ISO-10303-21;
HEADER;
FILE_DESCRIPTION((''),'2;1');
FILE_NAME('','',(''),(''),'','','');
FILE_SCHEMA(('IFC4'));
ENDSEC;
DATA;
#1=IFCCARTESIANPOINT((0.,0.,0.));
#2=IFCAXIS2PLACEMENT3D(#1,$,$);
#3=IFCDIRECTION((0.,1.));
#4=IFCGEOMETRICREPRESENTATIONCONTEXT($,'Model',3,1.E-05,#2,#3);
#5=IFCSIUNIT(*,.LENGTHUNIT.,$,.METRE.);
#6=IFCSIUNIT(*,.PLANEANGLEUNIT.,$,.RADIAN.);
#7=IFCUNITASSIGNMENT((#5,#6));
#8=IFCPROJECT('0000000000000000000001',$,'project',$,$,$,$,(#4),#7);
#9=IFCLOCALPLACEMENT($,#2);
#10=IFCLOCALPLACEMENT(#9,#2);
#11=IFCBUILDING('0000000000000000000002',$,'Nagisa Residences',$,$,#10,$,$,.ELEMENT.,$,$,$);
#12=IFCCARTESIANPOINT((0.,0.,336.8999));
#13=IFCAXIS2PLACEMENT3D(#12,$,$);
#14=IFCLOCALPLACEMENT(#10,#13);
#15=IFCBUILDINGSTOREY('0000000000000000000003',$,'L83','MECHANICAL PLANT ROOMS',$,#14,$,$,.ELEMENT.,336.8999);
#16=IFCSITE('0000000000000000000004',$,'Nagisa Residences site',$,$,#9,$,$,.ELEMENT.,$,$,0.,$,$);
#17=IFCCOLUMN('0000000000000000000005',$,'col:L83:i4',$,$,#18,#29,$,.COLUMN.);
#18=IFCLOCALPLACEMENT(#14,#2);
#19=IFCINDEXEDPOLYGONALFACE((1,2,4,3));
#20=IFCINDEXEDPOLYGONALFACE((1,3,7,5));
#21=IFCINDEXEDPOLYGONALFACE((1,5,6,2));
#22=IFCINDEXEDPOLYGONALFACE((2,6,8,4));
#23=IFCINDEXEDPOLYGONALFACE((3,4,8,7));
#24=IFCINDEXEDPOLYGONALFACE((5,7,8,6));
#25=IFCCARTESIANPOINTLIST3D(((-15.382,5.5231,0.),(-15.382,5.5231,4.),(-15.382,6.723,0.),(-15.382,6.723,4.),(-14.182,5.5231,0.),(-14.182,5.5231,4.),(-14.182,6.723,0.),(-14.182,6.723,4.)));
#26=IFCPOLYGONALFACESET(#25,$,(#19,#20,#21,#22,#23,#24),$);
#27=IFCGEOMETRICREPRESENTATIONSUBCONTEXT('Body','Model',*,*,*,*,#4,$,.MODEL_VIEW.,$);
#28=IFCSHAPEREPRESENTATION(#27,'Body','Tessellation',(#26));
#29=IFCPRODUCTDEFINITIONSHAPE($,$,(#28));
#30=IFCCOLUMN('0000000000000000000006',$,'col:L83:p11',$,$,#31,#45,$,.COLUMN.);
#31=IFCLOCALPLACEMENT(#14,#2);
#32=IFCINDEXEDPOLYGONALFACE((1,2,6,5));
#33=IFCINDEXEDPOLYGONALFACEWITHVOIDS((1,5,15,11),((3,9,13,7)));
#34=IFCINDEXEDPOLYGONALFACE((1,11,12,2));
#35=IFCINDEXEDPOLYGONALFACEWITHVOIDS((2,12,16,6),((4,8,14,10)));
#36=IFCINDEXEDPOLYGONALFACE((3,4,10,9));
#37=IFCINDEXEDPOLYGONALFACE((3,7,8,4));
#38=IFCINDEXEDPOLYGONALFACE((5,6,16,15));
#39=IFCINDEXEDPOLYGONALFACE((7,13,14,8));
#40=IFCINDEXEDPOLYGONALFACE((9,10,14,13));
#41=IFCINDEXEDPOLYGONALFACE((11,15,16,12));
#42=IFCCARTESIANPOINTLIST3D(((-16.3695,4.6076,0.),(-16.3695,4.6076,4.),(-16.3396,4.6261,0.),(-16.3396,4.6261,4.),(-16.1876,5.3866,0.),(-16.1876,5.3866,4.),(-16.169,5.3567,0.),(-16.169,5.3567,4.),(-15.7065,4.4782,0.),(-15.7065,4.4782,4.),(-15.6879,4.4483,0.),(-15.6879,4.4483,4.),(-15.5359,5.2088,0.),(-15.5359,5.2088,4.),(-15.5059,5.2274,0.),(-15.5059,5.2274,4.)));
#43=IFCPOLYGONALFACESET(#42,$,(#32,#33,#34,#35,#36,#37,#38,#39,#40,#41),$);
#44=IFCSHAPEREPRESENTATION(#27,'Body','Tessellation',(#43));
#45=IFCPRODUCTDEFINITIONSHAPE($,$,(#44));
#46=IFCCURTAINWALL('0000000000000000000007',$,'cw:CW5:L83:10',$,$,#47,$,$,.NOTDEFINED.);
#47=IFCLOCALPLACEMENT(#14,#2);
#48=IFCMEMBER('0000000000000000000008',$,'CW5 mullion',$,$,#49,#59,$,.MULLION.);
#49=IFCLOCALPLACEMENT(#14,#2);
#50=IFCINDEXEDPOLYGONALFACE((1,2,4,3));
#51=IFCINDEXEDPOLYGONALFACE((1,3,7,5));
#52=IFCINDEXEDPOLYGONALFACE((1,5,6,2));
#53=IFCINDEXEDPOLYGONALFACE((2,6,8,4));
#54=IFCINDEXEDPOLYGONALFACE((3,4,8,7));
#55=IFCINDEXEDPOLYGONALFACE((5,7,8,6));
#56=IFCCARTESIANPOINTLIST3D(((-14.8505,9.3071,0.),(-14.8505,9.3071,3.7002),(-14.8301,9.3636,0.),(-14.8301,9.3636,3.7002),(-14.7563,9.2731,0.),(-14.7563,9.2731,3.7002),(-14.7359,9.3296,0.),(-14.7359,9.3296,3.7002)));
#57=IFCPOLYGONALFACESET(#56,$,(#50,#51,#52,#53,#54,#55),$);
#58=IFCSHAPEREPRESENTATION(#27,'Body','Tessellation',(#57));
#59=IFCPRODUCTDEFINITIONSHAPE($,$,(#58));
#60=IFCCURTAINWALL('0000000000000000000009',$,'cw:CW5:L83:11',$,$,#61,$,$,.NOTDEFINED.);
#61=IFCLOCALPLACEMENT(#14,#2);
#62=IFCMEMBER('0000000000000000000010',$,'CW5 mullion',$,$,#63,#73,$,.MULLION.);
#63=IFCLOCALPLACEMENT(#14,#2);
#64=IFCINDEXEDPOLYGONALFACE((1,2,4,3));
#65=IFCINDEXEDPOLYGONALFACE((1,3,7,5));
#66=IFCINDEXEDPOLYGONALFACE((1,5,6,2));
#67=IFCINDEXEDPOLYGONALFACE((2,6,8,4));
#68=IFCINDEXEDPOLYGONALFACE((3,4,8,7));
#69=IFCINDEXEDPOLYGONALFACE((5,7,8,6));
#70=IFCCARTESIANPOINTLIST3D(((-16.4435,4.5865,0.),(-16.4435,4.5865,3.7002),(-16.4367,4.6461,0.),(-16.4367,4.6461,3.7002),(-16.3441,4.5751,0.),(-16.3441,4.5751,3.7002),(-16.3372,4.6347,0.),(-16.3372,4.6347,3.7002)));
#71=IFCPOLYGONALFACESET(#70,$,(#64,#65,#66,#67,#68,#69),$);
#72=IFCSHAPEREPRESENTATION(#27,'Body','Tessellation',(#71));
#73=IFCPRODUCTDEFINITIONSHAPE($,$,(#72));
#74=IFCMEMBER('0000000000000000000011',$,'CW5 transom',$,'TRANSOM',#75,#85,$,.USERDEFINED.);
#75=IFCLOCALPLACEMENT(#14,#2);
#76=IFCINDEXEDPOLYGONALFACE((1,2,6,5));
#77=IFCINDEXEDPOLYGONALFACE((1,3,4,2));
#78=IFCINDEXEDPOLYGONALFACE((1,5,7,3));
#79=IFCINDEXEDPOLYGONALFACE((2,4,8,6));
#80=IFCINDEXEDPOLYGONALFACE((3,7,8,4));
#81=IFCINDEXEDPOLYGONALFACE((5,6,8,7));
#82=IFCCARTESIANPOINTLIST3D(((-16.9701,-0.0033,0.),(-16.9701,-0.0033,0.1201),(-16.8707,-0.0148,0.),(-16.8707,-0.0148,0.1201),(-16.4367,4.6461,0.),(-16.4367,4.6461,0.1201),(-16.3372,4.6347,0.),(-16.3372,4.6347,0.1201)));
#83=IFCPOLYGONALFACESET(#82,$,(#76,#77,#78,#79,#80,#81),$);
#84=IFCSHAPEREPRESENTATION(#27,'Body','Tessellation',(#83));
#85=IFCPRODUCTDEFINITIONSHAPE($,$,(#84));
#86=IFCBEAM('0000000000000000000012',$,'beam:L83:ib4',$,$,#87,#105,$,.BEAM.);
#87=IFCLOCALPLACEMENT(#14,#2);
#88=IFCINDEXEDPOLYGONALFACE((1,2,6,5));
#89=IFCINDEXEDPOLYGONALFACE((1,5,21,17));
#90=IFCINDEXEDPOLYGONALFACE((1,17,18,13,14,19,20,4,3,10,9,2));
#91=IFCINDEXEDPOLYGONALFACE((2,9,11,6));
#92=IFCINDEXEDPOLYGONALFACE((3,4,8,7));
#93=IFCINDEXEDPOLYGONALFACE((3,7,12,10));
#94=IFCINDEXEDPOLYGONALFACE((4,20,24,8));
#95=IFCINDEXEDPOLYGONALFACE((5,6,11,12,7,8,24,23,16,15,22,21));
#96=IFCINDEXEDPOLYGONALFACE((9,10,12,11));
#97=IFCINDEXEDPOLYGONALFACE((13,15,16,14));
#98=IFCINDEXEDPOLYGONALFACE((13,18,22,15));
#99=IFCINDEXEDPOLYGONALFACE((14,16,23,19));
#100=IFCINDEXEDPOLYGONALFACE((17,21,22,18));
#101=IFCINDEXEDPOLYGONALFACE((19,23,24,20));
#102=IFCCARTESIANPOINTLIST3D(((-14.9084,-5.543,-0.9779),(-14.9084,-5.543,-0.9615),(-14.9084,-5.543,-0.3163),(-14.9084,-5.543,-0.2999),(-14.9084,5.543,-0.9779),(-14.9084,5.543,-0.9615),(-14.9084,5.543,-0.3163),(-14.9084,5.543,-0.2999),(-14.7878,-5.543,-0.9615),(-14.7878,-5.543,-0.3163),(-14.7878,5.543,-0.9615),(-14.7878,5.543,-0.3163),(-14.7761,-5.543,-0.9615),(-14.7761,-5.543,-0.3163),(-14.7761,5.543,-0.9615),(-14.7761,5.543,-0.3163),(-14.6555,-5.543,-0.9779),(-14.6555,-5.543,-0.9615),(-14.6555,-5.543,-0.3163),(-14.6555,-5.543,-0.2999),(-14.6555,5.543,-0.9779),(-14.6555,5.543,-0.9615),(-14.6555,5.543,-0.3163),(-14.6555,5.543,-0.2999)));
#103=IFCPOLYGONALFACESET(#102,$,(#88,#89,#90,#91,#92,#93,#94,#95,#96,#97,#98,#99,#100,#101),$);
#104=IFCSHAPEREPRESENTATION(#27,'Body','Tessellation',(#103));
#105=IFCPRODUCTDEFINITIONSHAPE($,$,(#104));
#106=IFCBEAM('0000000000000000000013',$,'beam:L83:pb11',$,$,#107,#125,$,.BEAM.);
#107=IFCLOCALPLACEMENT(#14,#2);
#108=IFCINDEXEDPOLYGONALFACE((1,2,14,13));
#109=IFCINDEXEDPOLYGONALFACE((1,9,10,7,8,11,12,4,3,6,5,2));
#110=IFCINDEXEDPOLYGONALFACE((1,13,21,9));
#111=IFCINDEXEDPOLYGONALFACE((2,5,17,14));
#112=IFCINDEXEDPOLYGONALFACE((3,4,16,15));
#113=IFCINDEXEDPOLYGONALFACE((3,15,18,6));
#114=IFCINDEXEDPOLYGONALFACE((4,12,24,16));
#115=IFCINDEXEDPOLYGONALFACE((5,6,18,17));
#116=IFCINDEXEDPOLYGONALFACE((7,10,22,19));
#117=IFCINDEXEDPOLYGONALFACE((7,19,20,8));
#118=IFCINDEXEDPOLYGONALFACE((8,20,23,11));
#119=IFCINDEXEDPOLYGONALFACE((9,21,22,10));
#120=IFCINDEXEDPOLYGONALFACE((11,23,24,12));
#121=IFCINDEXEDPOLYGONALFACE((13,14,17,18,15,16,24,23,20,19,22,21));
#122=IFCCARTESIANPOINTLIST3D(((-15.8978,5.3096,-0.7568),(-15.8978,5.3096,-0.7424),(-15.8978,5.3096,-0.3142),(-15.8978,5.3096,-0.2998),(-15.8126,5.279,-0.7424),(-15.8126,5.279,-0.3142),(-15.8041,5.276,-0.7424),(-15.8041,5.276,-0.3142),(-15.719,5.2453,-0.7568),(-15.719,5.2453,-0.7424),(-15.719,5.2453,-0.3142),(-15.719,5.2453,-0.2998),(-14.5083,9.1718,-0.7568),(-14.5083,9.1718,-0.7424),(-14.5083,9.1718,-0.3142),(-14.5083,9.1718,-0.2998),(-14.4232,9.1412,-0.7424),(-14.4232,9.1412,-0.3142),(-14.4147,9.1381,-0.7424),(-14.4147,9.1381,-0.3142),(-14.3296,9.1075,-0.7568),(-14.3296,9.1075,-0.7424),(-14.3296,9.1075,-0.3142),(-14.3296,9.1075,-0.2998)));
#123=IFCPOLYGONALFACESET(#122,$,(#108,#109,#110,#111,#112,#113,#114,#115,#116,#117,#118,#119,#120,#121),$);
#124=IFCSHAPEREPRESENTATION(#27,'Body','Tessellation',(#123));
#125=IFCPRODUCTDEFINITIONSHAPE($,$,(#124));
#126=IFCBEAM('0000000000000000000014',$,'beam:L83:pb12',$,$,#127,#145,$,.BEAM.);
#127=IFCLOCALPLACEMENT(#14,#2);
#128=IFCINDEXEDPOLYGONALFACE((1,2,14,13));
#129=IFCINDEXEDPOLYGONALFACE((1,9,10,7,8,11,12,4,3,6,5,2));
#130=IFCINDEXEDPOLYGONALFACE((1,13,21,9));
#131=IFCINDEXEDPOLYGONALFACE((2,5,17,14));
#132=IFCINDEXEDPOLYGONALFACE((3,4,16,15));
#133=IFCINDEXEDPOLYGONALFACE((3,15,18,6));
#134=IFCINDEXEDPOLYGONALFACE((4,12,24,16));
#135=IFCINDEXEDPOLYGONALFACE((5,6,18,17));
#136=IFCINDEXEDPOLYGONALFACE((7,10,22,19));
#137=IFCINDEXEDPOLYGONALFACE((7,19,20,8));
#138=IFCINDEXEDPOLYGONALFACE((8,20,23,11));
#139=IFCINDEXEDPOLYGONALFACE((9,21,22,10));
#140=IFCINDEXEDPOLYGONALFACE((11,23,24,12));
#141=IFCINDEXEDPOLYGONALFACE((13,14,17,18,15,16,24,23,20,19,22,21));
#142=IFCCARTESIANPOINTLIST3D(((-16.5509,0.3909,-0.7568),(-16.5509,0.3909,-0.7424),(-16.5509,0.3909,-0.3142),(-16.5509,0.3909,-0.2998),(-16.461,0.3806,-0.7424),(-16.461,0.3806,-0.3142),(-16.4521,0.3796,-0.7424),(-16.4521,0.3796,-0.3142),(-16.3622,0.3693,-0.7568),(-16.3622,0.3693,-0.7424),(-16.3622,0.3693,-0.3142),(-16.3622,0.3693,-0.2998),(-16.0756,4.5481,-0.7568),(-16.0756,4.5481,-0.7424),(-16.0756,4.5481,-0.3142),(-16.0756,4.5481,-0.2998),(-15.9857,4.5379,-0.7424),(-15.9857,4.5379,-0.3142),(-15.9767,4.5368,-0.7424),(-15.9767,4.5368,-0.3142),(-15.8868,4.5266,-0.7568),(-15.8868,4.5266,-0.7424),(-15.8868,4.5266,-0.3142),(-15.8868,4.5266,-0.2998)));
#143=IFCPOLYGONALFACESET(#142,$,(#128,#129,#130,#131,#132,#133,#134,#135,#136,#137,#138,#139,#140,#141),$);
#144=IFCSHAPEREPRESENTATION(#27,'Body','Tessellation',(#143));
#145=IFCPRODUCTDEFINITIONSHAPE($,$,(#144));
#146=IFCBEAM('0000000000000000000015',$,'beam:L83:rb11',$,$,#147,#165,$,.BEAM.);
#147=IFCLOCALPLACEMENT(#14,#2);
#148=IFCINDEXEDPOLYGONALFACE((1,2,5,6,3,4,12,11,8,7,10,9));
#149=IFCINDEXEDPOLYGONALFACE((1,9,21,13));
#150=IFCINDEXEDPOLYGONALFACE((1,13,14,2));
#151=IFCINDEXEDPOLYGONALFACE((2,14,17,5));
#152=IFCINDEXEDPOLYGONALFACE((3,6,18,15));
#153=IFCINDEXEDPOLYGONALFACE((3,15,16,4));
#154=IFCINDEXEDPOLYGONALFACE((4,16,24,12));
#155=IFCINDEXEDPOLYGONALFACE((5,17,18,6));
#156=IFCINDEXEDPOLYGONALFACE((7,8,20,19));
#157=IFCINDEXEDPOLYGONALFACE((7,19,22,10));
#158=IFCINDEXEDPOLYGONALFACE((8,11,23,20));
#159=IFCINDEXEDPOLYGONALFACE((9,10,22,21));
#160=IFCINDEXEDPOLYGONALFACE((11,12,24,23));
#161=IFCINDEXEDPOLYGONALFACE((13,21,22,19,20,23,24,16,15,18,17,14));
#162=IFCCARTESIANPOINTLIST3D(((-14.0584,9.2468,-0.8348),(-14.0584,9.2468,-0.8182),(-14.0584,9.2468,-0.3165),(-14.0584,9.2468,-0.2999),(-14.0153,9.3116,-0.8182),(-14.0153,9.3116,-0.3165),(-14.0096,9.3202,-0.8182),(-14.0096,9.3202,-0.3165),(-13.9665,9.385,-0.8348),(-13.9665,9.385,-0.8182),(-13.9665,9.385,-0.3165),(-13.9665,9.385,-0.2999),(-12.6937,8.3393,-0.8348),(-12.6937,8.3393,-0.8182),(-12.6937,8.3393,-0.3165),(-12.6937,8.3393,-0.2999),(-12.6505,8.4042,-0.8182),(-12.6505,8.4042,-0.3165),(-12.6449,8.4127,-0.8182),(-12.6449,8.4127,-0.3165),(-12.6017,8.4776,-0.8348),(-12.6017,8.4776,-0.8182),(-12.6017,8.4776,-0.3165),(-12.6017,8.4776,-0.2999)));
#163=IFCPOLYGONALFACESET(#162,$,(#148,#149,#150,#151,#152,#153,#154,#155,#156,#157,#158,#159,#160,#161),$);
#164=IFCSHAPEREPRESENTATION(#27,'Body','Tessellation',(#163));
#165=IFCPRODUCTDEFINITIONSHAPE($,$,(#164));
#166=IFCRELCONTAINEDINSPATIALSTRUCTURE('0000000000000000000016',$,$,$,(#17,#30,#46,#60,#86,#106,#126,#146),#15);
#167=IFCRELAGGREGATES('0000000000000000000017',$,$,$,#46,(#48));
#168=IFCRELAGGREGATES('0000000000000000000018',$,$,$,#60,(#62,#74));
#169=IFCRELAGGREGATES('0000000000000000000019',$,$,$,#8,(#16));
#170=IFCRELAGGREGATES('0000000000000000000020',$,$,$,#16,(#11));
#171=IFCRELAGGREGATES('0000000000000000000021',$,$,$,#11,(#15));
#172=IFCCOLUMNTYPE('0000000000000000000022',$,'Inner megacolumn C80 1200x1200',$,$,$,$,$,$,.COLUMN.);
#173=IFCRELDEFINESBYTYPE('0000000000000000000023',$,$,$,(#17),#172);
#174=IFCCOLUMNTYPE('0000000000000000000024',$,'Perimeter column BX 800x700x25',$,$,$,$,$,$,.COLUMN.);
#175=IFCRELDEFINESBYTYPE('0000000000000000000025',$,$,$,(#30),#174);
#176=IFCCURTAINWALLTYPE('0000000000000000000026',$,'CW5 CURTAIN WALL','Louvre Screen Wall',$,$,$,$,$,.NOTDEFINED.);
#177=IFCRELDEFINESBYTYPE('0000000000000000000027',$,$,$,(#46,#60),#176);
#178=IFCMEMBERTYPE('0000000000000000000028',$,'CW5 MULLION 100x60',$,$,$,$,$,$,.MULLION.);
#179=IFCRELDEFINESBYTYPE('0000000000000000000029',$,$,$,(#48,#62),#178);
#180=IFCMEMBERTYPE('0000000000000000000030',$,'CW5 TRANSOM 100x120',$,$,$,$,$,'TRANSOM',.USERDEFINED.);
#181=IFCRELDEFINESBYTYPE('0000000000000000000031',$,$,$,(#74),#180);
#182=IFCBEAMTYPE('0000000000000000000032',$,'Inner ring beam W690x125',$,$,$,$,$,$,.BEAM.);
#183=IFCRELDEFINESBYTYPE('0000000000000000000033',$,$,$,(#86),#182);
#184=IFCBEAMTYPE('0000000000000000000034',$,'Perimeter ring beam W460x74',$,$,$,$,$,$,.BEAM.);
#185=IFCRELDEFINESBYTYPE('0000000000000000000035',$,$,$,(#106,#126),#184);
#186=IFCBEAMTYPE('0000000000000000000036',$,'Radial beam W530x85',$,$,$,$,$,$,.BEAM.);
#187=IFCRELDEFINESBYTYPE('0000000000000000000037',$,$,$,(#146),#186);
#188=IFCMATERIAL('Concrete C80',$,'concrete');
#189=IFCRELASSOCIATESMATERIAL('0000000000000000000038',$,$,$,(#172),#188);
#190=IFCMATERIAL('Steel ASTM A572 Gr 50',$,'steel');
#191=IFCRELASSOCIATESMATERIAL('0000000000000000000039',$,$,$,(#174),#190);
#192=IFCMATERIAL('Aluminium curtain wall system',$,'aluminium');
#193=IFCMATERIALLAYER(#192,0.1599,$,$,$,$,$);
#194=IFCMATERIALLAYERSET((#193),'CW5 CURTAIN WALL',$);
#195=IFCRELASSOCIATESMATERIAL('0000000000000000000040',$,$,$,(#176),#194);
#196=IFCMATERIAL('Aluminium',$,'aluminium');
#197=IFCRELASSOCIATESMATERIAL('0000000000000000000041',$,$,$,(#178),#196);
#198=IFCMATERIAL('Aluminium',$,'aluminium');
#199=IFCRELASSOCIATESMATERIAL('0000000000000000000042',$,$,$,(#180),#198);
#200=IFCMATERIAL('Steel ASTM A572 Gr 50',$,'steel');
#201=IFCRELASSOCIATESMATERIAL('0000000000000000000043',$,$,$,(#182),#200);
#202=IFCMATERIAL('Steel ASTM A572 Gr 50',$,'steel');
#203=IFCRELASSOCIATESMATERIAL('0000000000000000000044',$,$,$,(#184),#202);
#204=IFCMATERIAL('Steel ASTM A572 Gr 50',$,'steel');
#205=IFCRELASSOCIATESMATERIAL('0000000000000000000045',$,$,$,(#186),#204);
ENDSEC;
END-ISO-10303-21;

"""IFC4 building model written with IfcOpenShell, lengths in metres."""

from ifc_helpers import new_model, si_unit, direction, frame, origin, origin_2d, place, context, subcontext, project, spatial, rectangle, hollow_rectangle, i_section, extrude, material, layer, layer_set, material_profile, profile_set, type_object, element, aggregate, save


model = new_model("IFC4")

# Units and contexts
model_context = context("Model", 3, precision=1e-05, world=origin(), true_north=direction((0.0, 1.0)))
body_context = subcontext(model_context, "Body", "Model", "MODEL_VIEW")
ifc_project = project(units=[si_unit("LENGTHUNIT", "METRE"), si_unit("PLANEANGLEUNIT", "RADIAN")], contexts=[model_context])

# Site, building, storey
site_placement = place(None, origin())
site = spatial("IfcSite", under=ifc_project, at=site_placement, Name="Nagisa Residences site", CompositionType="ELEMENT", RefElevation=0.0)
building_placement = place(site_placement, origin())
building = spatial("IfcBuilding", under=site, at=building_placement, Name="Nagisa Residences", CompositionType="ELEMENT")
storey_placement = place(building_placement, frame((0.0, 0.0, 336.8999)))
storey = spatial("IfcBuildingStorey", under=building, at=storey_placement, Name="L83", Description="MECHANICAL PLANT ROOMS", CompositionType="ELEMENT", Elevation=336.8999)

# Columns
ifc_material_1 = material(Name="Concrete C80", Category="concrete")
ifc_material_profile_1 = material_profile(ifc_material_1, rectangle(XDim=1.2, YDim=1.2, at=origin_2d()), Name="C80 1200x1200")
ifc_profile_set_1 = profile_set([ifc_material_profile_1], Name="Concrete C80")
column_type_1 = type_object("IfcColumnType", Name="Inner megacolumn C80 1200x1200", PredefinedType="COLUMN", material=ifc_profile_set_1)
column_1_placement = place(storey_placement, frame((-14.782, 6.123, 0.0), z_axis=(0.0, 0.0, 1.0), x_axis=(1.0, 0.0, 0.0)))
element("IfcColumn", 1, at=column_1_placement, inside=storey, type_object=column_type_1, Name="col:L83:i4", PredefinedType="COLUMN", context=body_context, shape_type="SweptSolid", body=[
    extrude(rectangle(XDim=1.2, YDim=1.2, at=origin_2d()), origin(), (0.0, 0.0, 1.0), 4.0),
])
ifc_material_2 = material(Name="Steel ASTM A572 Gr 50", Category="steel")
ifc_material_profile_2 = material_profile(ifc_material_2, hollow_rectangle(XDim=0.8, YDim=0.7, WallThickness=0.0249, at=origin_2d()), Name="BX 800x700x25")
ifc_profile_set_2 = profile_set([ifc_material_profile_2], Name="Steel ASTM A572 Gr 50")
column_type_2 = type_object("IfcColumnType", Name="Perimeter column BX 800x700x25", PredefinedType="COLUMN", material=ifc_profile_set_2)
column_2_placement = place(storey_placement, frame((-15.9377, 4.9175, 0.0), z_axis=(0.0, 0.0, 1.0), x_axis=(-0.227473, -0.973784, 0.0)))
element("IfcColumn", 2, at=column_2_placement, inside=storey, type_object=column_type_2, Name="col:L83:p11", PredefinedType="COLUMN", context=body_context, shape_type="SweptSolid", body=[
    extrude(hollow_rectangle(XDim=0.8, YDim=0.7, WallThickness=0.0249, at=origin_2d()), origin(), (0.0, 0.0, 1.0), 4.0),
])

# Curtain wall, member
ifc_material_3 = material(Name="Aluminium curtain wall system", Category="aluminium")
ifc_layer_1 = layer(ifc_material_3, 0.1599)
ifc_layer_set_1 = layer_set([ifc_layer_1], Name="CW5 CURTAIN WALL")
curtain_wall_type = type_object("IfcCurtainWallType", Name="CW5 CURTAIN WALL", Description="Louvre Screen Wall", PredefinedType="NOTDEFINED", material=ifc_layer_set_1)
curtain_wall_1_placement = place(storey_placement, origin())
curtain_wall_1 = element("IfcCurtainWall", 3, at=curtain_wall_1_placement, inside=storey, type_object=curtain_wall_type, Name="cw:CW5:L83:10", PredefinedType="NOTDEFINED")
ifc_material_4 = material(Name="Aluminium", Category="aluminium")
ifc_material_profile_3 = material_profile(ifc_material_4, rectangle(XDim=0.1001, YDim=0.0601, at=origin_2d()), Name="CW5 MULLION 100x60")
ifc_profile_set_3 = profile_set([ifc_material_profile_3], Name="Aluminium")
member_type_1 = type_object("IfcMemberType", Name="CW5 MULLION 100x60", PredefinedType="MULLION", material=ifc_profile_set_3)
member_1_placement = place(storey_placement, frame((-14.7932, 9.3184, 0.0), z_axis=(0.0, 0.0, 1.0), x_axis=(0.940554, -0.339643, 0.0)))
member_1 = element("IfcMember", 4, at=member_1_placement, type_object=member_type_1, Name="CW5 mullion", PredefinedType="MULLION", context=body_context, shape_type="SweptSolid", body=[
    extrude(rectangle(XDim=0.1001, YDim=0.0601, at=origin_2d()), origin(), (0.0, 0.0, 1.0), 3.7002),
])

# Curtain wall, members
curtain_wall_2_placement = place(storey_placement, origin())
curtain_wall_2 = element("IfcCurtainWall", 5, at=curtain_wall_2_placement, inside=storey, type_object=curtain_wall_type, Name="cw:CW5:L83:11", PredefinedType="NOTDEFINED")
member_2_placement = place(storey_placement, frame((-16.3904, 4.6106, 0.0), z_axis=(0.0, 0.0, 1.0), x_axis=(0.993478, -0.114025, 0.0)))
member_2 = element("IfcMember", 6, at=member_2_placement, type_object=member_type_1, Name="CW5 mullion", PredefinedType="MULLION", context=body_context, shape_type="SweptSolid", body=[
    extrude(rectangle(XDim=0.1001, YDim=0.0601, at=origin_2d()), origin(), (0.0, 0.0, 1.0), 3.7002),
])
ifc_material_5 = material(Name="Aluminium", Category="aluminium")
ifc_material_profile_4 = material_profile(ifc_material_5, rectangle(XDim=0.1001, YDim=0.1201, at=origin_2d()), Name="CW5 TRANSOM 100x120")
ifc_profile_set_4 = profile_set([ifc_material_profile_4], Name="Aluminium")
member_type_2 = type_object("IfcMemberType", Name="CW5 TRANSOM 100x120", ElementType="TRANSOM", PredefinedType="USERDEFINED", material=ifc_profile_set_4)
member_3_placement = place(storey_placement, frame((-16.387, 4.6404, 0.0601), z_axis=(-0.113986, -0.993482, 0.0), x_axis=(0.993482, -0.113986, 0.0)))
member_3 = element("IfcMember", 7, at=member_3_placement, type_object=member_type_2, Name="CW5 transom", ObjectType="TRANSOM", PredefinedType="USERDEFINED", context=body_context, shape_type="SweptSolid", body=[
    extrude(rectangle(XDim=0.1001, YDim=0.1201, at=origin_2d()), origin(), (0.0, 0.0, 1.0), 4.6799),
])

# Beams
ifc_material_6 = material(Name="Steel ASTM A572 Gr 50", Category="steel")
ifc_material_profile_5 = material_profile(ifc_material_6, i_section(OverallWidth=0.2529, OverallDepth=0.678, WebThickness=0.0117, FlangeThickness=0.0164, at=origin_2d()), Name="W690x125")
ifc_profile_set_5 = profile_set([ifc_material_profile_5], Name="Steel ASTM A572 Gr 50")
beam_type_1 = type_object("IfcBeamType", Name="Inner ring beam W690x125", PredefinedType="BEAM", material=ifc_profile_set_5)
beam_1_placement = place(storey_placement, frame((-14.782, 5.543, -0.6389), z_axis=(0.0, -1.0, 0.0), x_axis=(1.0, 0.0, 0.0)))
element("IfcBeam", 8, at=beam_1_placement, inside=storey, type_object=beam_type_1, Name="beam:L83:ib4", PredefinedType="BEAM", context=body_context, shape_type="SweptSolid", body=[
    extrude(i_section(OverallWidth=0.2529, OverallDepth=0.678, WebThickness=0.0117, FlangeThickness=0.0164, at=origin_2d()), origin(), (0.0, 0.0, 1.0), 11.0859),
])
ifc_material_7 = material(Name="Steel ASTM A572 Gr 50", Category="steel")
ifc_material_profile_6 = material_profile(ifc_material_7, i_section(OverallWidth=0.1899, OverallDepth=0.457, WebThickness=0.009, FlangeThickness=0.0144, at=origin_2d()), Name="W460x74")
ifc_profile_set_6 = profile_set([ifc_material_profile_6], Name="Steel ASTM A572 Gr 50")
beam_type_2 = type_object("IfcBeamType", Name="Perimeter ring beam W460x74", PredefinedType="BEAM", material=ifc_profile_set_6)
beam_2_placement = place(storey_placement, frame((-14.4189, 9.1396, -0.5283), z_axis=(-0.338517, -0.94096, 0.0), x_axis=(0.94096, -0.338517, 0.0)))
element("IfcBeam", 9, at=beam_2_placement, inside=storey, type_object=beam_type_2, Name="beam:L83:pb11", PredefinedType="BEAM", context=body_context, shape_type="SweptSolid", body=[
    extrude(i_section(OverallWidth=0.1899, OverallDepth=0.457, WebThickness=0.009, FlangeThickness=0.0144, at=origin_2d()), origin(), (0.0, 0.0, 1.0), 4.1045),
])
beam_3_placement = place(storey_placement, frame((-15.9812, 4.5374, -0.5283), z_axis=(-0.113601, -0.993526, 0.0), x_axis=(0.993526, -0.113601, 0.0)))
element("IfcBeam", 10, at=beam_3_placement, inside=storey, type_object=beam_type_2, Name="beam:L83:pb12", PredefinedType="BEAM", context=body_context, shape_type="SweptSolid", body=[
    extrude(i_section(OverallWidth=0.1899, OverallDepth=0.457, WebThickness=0.009, FlangeThickness=0.0144, at=origin_2d()), origin(), (0.0, 0.0, 1.0), 4.1843),
])
ifc_material_8 = material(Name="Steel ASTM A572 Gr 50", Category="steel")
ifc_material_profile_7 = material_profile(ifc_material_8, i_section(OverallWidth=0.166, OverallDepth=0.5349, WebThickness=0.0103, FlangeThickness=0.0166, at=origin_2d()), Name="W530x85")
ifc_profile_set_7 = profile_set([ifc_material_profile_7], Name="Steel ASTM A572 Gr 50")
beam_type_3 = type_object("IfcBeamType", Name="Radial beam W530x85", PredefinedType="BEAM", material=ifc_profile_set_7)
beam_4_placement = place(storey_placement, frame((-14.0125, 9.3159, -0.5674), z_axis=(0.832714, -0.553703, 0.0), x_axis=(0.553703, 0.832714, 0.0)))
element("IfcBeam", 11, at=beam_4_placement, inside=storey, type_object=beam_type_3, Name="beam:L83:rb11", PredefinedType="BEAM", context=body_context, shape_type="SweptSolid", body=[
    extrude(i_section(OverallWidth=0.166, OverallDepth=0.5349, WebThickness=0.0103, FlangeThickness=0.0166, at=origin_2d()), origin(), (0.0, 0.0, 1.0), 1.6389),
])

aggregate(curtain_wall_1, [member_1])
aggregate(curtain_wall_2, [member_2, member_3])

save(model, "model.ifc")
